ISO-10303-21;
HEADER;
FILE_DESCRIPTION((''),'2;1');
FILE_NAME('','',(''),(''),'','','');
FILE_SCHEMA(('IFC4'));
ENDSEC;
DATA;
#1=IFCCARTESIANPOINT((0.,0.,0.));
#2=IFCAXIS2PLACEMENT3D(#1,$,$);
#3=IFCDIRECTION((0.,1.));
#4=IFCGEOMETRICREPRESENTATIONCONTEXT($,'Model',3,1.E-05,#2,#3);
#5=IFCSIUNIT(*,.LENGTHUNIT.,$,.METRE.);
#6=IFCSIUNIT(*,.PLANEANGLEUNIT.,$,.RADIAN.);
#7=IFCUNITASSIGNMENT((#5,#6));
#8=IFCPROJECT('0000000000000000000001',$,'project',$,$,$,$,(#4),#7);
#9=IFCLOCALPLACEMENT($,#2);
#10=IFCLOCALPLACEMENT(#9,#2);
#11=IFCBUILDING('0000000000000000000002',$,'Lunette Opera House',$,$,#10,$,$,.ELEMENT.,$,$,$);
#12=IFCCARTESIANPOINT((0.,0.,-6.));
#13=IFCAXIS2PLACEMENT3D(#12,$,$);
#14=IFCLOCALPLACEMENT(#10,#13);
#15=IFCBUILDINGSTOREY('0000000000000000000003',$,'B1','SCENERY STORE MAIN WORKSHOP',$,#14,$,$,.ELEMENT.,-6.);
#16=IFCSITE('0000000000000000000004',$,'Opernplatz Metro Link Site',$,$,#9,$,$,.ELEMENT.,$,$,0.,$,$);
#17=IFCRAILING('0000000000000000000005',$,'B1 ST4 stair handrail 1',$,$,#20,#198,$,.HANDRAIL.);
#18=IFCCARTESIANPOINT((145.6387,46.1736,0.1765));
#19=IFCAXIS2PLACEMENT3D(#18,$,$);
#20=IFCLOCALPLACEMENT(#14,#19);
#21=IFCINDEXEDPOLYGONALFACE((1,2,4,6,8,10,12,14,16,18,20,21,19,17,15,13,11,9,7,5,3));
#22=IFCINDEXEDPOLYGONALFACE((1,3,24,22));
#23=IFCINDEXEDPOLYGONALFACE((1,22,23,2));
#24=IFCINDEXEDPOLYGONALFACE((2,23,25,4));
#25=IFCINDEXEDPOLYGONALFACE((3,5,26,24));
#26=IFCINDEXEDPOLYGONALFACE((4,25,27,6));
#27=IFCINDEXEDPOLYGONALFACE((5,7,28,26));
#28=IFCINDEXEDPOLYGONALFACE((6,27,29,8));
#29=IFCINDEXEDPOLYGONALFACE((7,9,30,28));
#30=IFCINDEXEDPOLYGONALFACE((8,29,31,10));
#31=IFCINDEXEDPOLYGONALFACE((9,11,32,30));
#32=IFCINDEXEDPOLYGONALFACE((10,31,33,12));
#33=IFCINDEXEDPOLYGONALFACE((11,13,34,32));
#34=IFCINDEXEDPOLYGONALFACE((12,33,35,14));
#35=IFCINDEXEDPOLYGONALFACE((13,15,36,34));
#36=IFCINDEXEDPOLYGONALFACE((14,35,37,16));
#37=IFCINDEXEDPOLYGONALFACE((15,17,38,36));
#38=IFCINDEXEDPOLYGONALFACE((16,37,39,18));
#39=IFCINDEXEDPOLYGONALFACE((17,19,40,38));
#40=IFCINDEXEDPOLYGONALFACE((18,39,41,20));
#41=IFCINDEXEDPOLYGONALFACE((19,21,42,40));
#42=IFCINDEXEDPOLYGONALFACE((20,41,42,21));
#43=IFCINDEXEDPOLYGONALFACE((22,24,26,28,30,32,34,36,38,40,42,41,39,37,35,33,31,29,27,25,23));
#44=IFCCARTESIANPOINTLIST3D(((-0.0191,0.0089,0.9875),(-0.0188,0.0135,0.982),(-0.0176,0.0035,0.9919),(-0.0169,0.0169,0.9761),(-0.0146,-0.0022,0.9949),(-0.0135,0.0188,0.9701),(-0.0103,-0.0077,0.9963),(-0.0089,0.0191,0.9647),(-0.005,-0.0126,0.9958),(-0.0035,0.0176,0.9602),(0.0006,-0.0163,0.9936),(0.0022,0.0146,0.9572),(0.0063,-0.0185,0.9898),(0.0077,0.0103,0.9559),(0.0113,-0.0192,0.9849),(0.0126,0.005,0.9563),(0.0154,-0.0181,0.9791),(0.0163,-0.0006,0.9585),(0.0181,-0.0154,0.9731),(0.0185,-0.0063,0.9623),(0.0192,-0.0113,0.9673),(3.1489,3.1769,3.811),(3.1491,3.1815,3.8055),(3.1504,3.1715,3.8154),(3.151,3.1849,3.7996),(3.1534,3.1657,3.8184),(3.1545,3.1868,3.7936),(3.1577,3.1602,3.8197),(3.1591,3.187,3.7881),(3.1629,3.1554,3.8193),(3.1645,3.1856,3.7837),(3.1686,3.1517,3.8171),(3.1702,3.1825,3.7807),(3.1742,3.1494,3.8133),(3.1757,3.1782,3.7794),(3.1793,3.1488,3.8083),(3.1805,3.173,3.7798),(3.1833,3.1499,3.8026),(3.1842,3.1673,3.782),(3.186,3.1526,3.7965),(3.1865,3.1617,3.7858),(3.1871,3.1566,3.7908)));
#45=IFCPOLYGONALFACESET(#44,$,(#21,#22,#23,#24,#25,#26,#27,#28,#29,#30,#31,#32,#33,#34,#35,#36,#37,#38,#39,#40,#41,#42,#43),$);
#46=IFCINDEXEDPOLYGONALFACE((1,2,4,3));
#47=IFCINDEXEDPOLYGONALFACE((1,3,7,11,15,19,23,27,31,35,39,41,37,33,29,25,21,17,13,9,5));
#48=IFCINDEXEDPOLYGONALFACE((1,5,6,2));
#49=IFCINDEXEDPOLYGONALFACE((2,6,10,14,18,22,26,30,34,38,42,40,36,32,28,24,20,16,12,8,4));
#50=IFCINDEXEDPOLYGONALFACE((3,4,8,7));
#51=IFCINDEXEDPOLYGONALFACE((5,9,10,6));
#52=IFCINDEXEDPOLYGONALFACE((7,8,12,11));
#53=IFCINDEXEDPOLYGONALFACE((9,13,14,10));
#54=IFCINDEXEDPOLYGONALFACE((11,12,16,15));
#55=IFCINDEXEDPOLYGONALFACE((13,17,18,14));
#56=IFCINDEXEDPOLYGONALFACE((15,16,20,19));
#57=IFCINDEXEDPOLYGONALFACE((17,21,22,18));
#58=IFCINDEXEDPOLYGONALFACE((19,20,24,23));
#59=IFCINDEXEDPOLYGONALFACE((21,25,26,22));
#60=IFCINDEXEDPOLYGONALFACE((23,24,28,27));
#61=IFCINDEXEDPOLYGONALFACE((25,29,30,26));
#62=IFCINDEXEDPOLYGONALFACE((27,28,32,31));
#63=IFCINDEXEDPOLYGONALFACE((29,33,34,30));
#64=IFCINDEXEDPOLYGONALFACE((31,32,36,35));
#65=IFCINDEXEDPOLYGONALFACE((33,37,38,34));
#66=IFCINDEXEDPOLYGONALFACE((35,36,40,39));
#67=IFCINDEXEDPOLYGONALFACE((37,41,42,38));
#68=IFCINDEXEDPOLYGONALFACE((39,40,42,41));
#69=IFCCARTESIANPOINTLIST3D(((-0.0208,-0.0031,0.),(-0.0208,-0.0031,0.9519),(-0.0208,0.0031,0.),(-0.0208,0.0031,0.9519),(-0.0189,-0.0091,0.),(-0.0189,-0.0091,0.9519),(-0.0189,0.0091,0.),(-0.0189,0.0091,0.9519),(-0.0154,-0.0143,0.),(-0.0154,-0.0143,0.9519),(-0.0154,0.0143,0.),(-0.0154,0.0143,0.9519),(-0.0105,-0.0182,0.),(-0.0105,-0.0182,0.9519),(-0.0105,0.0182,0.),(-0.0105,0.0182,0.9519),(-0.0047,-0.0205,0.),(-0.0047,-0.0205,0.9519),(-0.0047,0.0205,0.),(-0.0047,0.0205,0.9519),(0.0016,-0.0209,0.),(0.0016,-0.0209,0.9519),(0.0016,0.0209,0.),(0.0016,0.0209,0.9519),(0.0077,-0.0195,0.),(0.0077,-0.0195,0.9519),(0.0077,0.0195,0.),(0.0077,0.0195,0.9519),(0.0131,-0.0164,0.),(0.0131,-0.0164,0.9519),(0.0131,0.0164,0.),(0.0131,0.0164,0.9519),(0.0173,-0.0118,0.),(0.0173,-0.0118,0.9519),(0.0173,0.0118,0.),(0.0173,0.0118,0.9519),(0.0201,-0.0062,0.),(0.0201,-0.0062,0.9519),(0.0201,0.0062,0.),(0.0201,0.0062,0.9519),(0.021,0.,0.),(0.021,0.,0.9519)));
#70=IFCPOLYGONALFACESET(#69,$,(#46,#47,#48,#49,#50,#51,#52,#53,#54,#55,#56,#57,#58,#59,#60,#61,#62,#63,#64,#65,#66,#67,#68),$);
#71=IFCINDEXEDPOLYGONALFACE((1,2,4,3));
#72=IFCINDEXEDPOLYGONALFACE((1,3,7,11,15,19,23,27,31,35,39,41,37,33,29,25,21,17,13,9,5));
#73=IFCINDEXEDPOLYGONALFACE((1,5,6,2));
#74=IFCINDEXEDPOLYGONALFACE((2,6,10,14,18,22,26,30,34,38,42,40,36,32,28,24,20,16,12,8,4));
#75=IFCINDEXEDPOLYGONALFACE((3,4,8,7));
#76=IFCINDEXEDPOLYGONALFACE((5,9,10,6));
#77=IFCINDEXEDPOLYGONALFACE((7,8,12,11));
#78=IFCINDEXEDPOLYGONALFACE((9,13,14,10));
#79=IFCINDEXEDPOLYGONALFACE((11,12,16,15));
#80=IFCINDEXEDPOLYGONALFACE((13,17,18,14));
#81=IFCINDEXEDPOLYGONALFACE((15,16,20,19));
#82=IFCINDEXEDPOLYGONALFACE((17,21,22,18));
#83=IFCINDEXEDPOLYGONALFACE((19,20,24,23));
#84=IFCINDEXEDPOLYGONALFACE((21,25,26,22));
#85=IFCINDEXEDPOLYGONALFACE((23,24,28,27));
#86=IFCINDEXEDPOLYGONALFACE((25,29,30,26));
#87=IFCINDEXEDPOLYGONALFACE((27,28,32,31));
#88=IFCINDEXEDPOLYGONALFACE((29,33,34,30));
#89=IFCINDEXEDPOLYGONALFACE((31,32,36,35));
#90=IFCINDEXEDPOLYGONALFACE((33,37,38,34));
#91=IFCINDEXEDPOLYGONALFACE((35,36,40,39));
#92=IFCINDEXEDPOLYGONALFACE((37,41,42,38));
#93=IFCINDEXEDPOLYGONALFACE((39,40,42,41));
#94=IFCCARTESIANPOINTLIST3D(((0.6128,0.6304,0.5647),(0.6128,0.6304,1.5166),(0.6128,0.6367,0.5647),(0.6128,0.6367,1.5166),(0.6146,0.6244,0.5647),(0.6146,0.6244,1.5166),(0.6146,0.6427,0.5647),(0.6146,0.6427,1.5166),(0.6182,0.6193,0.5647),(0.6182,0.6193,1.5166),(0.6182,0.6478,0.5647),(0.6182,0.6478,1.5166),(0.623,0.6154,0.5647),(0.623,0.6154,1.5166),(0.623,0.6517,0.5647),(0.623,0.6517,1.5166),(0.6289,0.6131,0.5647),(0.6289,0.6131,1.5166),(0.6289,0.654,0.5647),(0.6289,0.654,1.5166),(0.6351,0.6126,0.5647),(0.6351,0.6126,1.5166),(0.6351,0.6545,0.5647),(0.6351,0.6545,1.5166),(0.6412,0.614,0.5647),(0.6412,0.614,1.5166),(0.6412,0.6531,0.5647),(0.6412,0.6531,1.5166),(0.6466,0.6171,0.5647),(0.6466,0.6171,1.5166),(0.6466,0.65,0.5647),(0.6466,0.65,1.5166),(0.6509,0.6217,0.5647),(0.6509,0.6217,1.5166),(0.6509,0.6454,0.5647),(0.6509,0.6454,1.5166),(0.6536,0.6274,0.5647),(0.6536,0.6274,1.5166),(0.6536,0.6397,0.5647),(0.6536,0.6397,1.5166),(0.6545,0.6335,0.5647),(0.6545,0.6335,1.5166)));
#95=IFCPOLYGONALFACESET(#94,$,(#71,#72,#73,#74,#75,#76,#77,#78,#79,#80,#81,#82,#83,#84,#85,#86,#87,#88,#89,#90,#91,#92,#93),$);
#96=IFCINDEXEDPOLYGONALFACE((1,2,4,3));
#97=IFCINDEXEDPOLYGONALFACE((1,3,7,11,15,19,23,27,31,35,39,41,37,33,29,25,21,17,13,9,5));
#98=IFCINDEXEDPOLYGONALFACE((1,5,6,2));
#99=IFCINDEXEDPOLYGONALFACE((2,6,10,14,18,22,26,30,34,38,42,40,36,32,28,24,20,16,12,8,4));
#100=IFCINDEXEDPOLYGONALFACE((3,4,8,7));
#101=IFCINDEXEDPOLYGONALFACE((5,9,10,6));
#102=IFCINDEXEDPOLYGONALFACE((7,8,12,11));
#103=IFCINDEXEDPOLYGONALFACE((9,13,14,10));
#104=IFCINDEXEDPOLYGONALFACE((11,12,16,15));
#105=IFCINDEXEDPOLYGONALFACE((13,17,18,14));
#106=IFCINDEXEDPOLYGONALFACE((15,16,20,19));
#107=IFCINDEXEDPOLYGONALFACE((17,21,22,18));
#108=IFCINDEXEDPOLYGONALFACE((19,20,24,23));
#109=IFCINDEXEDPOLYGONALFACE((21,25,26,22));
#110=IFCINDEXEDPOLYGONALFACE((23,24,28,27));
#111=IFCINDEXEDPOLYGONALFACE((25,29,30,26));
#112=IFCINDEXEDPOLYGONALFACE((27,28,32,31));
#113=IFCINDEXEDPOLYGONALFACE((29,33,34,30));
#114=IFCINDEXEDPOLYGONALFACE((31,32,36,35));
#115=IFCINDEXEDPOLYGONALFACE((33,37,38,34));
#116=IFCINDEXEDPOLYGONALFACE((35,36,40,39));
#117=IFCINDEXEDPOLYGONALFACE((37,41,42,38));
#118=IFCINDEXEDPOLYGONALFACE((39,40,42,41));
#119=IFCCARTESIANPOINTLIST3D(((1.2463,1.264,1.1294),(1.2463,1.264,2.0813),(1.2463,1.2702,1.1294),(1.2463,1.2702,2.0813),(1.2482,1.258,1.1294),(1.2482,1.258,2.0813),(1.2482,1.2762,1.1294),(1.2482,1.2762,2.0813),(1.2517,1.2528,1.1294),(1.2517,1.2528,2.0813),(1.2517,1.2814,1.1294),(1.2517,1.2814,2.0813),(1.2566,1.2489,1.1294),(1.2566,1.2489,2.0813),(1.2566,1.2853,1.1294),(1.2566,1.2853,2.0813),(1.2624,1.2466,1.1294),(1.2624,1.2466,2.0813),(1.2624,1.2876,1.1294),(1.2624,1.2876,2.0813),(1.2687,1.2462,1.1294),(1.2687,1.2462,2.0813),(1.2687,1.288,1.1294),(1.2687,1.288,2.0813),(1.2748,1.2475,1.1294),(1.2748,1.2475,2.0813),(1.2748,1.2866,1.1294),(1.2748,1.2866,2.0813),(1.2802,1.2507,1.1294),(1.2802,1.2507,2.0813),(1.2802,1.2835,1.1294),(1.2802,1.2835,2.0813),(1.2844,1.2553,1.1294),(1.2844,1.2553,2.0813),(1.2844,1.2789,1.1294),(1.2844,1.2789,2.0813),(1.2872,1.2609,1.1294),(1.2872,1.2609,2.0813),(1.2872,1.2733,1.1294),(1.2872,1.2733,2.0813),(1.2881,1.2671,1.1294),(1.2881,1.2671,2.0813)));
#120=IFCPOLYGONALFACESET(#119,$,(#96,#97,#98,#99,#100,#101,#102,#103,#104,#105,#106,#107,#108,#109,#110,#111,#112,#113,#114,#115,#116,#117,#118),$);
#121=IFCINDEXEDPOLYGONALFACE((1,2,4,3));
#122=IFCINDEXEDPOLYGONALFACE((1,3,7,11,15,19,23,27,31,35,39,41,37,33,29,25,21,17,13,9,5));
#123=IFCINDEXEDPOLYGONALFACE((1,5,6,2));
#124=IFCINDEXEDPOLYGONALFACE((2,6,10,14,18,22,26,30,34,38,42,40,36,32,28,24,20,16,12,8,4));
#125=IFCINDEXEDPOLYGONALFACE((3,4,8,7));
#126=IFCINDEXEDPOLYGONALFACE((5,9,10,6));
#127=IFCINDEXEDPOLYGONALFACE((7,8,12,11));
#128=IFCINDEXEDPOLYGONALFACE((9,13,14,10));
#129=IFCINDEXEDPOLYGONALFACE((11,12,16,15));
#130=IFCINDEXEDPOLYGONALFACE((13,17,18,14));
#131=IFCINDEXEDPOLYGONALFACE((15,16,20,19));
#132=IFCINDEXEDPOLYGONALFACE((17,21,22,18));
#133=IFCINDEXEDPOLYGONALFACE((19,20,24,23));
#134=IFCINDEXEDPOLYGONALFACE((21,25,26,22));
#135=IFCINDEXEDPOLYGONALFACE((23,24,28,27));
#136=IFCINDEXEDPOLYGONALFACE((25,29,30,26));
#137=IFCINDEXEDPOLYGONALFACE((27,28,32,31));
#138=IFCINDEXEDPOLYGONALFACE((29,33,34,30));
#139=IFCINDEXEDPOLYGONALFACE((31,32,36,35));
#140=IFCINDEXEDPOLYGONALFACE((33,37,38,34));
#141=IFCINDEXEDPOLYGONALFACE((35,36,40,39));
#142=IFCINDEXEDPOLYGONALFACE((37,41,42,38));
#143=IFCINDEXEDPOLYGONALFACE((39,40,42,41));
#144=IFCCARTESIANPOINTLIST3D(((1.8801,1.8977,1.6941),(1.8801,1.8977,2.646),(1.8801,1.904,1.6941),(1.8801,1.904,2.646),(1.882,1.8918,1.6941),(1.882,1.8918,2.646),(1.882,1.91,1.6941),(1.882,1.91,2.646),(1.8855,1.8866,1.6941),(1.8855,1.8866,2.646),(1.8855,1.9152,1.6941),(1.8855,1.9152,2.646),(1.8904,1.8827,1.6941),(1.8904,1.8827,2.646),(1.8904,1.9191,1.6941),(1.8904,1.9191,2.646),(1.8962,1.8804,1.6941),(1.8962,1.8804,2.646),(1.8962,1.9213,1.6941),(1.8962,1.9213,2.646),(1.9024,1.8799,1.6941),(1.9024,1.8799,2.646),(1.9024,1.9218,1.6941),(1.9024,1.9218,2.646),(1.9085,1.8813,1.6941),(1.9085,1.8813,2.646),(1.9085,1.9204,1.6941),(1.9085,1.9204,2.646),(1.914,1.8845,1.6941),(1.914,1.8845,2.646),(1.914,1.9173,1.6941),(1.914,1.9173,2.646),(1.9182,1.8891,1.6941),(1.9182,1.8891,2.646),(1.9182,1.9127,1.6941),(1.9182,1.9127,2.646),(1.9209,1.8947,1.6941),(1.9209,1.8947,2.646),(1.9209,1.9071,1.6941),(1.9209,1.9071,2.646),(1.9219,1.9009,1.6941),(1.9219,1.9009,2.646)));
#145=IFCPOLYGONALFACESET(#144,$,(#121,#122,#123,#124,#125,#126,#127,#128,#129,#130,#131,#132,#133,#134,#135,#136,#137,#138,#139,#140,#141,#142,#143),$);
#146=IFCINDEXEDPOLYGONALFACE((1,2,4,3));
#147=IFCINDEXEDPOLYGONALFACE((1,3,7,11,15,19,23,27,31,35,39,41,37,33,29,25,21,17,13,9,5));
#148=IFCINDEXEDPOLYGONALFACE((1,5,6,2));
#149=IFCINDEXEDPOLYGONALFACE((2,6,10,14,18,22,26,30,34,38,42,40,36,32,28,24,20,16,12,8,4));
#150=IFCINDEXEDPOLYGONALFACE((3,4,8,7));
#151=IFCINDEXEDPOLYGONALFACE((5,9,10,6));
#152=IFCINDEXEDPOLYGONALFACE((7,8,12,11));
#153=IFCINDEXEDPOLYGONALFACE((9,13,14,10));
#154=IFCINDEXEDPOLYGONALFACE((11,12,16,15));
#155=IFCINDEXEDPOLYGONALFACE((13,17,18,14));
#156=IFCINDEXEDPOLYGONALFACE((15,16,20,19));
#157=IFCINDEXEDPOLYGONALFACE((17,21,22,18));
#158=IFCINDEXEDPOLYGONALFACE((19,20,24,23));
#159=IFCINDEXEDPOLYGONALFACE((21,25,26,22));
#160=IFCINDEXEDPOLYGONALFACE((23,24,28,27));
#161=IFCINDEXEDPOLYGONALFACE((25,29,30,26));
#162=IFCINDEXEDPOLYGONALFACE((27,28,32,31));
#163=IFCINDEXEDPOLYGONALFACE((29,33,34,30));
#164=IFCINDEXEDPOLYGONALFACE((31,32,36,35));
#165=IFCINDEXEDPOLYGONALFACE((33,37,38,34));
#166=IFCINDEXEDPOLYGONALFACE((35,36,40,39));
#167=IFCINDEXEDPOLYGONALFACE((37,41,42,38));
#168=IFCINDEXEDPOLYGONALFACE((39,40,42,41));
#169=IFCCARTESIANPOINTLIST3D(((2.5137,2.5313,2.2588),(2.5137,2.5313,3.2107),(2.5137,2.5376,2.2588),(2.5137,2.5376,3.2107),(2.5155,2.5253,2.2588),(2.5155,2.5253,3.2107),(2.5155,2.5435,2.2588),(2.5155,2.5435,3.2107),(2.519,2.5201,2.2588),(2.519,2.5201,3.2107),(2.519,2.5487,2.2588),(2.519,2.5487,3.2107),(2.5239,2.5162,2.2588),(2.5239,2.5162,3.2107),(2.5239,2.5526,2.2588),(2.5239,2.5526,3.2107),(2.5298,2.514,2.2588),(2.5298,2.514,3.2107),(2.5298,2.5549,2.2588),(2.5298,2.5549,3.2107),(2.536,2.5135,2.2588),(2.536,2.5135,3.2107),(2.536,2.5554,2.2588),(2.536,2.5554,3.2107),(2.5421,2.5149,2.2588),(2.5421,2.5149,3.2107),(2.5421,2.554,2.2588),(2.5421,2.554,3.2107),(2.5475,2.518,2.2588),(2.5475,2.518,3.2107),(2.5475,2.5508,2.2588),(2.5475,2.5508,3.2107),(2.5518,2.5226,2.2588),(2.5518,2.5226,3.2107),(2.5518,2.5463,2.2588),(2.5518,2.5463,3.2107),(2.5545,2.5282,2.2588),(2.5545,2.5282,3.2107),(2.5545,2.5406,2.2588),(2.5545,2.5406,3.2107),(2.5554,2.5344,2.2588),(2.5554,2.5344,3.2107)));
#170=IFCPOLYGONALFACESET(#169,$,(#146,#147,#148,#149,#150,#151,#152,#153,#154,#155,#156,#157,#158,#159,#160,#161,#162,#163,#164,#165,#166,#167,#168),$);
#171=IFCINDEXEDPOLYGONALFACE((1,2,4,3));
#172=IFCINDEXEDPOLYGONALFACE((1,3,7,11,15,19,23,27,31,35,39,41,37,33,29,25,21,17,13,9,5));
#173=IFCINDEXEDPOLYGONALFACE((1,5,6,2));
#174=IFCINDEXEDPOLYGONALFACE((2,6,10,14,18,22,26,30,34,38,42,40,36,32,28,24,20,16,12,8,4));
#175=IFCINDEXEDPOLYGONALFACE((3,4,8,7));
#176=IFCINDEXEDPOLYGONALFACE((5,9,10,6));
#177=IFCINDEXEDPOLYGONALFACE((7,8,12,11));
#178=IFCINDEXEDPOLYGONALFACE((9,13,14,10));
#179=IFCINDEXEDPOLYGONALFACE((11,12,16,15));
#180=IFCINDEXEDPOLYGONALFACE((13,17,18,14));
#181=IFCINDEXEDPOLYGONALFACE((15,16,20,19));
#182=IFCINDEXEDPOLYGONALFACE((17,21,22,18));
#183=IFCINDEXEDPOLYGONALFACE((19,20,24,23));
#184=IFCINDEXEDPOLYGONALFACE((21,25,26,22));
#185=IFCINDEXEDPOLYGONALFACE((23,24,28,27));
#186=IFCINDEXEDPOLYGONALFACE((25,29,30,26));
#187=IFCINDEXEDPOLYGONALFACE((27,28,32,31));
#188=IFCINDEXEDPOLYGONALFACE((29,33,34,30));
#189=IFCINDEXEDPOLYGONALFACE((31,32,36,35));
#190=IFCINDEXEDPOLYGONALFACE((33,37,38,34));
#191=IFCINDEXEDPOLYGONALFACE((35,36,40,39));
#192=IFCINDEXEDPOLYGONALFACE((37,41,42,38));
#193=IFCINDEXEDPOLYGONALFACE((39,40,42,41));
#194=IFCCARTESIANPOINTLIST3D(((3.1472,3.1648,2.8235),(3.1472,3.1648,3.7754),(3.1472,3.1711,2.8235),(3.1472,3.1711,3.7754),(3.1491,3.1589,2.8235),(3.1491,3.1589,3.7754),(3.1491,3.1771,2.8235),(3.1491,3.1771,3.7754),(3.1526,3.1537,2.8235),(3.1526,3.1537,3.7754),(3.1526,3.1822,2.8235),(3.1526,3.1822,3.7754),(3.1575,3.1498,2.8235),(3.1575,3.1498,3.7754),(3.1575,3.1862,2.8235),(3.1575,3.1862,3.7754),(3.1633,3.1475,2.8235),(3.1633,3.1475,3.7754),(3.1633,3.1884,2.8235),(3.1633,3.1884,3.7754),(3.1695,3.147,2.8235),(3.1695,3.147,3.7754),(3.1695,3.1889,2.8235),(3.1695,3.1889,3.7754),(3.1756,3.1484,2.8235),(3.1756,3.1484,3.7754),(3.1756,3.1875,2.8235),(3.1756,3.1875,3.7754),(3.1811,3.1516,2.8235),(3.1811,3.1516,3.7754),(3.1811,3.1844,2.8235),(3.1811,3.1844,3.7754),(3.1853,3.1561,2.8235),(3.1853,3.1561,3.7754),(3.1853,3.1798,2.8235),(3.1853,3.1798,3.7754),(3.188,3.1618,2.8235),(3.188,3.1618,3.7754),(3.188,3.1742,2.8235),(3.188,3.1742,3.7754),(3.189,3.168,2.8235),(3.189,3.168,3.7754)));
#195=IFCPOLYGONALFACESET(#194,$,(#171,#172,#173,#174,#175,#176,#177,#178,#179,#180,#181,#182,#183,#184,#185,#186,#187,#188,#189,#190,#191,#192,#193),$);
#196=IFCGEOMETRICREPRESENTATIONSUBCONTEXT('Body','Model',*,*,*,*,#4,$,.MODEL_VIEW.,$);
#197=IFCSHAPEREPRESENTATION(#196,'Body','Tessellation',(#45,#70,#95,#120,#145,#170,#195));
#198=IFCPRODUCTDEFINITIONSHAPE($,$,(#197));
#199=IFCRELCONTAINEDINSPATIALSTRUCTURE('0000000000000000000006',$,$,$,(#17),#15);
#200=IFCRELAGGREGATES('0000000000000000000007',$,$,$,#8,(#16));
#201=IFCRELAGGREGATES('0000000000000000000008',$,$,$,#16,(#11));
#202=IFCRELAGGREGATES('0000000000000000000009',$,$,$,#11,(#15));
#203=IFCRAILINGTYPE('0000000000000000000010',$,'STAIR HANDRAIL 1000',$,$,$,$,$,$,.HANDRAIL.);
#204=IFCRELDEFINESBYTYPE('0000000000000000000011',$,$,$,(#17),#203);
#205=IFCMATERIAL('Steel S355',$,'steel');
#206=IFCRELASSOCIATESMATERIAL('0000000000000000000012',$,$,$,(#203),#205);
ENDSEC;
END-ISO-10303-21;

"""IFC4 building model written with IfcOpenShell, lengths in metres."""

from ifc_helpers import new_model, si_unit, direction, frame, origin, origin_2d, place, context, subcontext, project, spatial, circle, extrude, material, type_object, element, save


model = new_model("IFC4")

# Units and contexts
model_context = context("Model", 3, precision=1e-05, world=origin(), true_north=direction((0.0, 1.0)))
body_context = subcontext(model_context, "Body", "Model", "MODEL_VIEW")
ifc_project = project(units=[si_unit("LENGTHUNIT", "METRE"), si_unit("PLANEANGLEUNIT", "RADIAN")], contexts=[model_context])

# Site, building, storey
site_placement = place(None, origin())
site = spatial("IfcSite", under=ifc_project, at=site_placement, Name="Opernplatz Metro Link Site", CompositionType="ELEMENT", RefElevation=0.0)
building_placement = place(site_placement, origin())
building = spatial("IfcBuilding", under=site, at=building_placement, Name="Lunette Opera House", CompositionType="ELEMENT")
storey_placement = place(building_placement, frame((0.0, 0.0, -6.0)))
storey = spatial("IfcBuildingStorey", under=building, at=storey_placement, Name="B1", Description="SCENERY STORE MAIN WORKSHOP", CompositionType="ELEMENT", Elevation=-6.0)

# Railing
ifc_material_1 = material(Name="Steel S355", Category="steel")
railing_type_1 = type_object("IfcRailingType", Name="STAIR HANDRAIL 1000", PredefinedType="HANDRAIL", material=ifc_material_1)
railing_1_placement = place(storey_placement, frame((145.6387, 46.1736, 0.1765)))
element("IfcRailing", 1, at=railing_1_placement, inside=storey, type_object=railing_type_1, Name="B1 ST4 stair handrail 1", PredefinedType="HANDRAIL", context=body_context, shape_type="SweptSolid", body=[
    extrude(circle(Radius=0.0239, at=origin_2d()), frame((0.0, 0.0, 0.9761), z_axis=(0.598219, 0.598219, 0.533169), x_axis=(-0.707107, 0.707107, 0.0)), (0.0, 0.0, 1.0), 5.2957),
    extrude(circle(Radius=0.021, at=origin_2d()), origin(), (0.0, 0.0, 1.0), 0.9519),
    extrude(circle(Radius=0.021, at=origin_2d()), frame((0.6335, 0.6335, 0.5647)), (0.0, 0.0, 1.0), 0.9519),
    extrude(circle(Radius=0.021, at=origin_2d()), frame((1.2671, 1.2671, 1.1294)), (0.0, 0.0, 1.0), 0.9519),
    extrude(circle(Radius=0.021, at=origin_2d()), frame((1.9009, 1.9009, 1.6941)), (0.0, 0.0, 1.0), 0.9519),
    extrude(circle(Radius=0.021, at=origin_2d()), frame((2.5344, 2.5344, 2.2588)), (0.0, 0.0, 1.0), 0.9519),
    extrude(circle(Radius=0.021, at=origin_2d()), frame((3.168, 3.168, 2.8235)), (0.0, 0.0, 1.0), 0.9519),
])

save(model, "model.ifc")
